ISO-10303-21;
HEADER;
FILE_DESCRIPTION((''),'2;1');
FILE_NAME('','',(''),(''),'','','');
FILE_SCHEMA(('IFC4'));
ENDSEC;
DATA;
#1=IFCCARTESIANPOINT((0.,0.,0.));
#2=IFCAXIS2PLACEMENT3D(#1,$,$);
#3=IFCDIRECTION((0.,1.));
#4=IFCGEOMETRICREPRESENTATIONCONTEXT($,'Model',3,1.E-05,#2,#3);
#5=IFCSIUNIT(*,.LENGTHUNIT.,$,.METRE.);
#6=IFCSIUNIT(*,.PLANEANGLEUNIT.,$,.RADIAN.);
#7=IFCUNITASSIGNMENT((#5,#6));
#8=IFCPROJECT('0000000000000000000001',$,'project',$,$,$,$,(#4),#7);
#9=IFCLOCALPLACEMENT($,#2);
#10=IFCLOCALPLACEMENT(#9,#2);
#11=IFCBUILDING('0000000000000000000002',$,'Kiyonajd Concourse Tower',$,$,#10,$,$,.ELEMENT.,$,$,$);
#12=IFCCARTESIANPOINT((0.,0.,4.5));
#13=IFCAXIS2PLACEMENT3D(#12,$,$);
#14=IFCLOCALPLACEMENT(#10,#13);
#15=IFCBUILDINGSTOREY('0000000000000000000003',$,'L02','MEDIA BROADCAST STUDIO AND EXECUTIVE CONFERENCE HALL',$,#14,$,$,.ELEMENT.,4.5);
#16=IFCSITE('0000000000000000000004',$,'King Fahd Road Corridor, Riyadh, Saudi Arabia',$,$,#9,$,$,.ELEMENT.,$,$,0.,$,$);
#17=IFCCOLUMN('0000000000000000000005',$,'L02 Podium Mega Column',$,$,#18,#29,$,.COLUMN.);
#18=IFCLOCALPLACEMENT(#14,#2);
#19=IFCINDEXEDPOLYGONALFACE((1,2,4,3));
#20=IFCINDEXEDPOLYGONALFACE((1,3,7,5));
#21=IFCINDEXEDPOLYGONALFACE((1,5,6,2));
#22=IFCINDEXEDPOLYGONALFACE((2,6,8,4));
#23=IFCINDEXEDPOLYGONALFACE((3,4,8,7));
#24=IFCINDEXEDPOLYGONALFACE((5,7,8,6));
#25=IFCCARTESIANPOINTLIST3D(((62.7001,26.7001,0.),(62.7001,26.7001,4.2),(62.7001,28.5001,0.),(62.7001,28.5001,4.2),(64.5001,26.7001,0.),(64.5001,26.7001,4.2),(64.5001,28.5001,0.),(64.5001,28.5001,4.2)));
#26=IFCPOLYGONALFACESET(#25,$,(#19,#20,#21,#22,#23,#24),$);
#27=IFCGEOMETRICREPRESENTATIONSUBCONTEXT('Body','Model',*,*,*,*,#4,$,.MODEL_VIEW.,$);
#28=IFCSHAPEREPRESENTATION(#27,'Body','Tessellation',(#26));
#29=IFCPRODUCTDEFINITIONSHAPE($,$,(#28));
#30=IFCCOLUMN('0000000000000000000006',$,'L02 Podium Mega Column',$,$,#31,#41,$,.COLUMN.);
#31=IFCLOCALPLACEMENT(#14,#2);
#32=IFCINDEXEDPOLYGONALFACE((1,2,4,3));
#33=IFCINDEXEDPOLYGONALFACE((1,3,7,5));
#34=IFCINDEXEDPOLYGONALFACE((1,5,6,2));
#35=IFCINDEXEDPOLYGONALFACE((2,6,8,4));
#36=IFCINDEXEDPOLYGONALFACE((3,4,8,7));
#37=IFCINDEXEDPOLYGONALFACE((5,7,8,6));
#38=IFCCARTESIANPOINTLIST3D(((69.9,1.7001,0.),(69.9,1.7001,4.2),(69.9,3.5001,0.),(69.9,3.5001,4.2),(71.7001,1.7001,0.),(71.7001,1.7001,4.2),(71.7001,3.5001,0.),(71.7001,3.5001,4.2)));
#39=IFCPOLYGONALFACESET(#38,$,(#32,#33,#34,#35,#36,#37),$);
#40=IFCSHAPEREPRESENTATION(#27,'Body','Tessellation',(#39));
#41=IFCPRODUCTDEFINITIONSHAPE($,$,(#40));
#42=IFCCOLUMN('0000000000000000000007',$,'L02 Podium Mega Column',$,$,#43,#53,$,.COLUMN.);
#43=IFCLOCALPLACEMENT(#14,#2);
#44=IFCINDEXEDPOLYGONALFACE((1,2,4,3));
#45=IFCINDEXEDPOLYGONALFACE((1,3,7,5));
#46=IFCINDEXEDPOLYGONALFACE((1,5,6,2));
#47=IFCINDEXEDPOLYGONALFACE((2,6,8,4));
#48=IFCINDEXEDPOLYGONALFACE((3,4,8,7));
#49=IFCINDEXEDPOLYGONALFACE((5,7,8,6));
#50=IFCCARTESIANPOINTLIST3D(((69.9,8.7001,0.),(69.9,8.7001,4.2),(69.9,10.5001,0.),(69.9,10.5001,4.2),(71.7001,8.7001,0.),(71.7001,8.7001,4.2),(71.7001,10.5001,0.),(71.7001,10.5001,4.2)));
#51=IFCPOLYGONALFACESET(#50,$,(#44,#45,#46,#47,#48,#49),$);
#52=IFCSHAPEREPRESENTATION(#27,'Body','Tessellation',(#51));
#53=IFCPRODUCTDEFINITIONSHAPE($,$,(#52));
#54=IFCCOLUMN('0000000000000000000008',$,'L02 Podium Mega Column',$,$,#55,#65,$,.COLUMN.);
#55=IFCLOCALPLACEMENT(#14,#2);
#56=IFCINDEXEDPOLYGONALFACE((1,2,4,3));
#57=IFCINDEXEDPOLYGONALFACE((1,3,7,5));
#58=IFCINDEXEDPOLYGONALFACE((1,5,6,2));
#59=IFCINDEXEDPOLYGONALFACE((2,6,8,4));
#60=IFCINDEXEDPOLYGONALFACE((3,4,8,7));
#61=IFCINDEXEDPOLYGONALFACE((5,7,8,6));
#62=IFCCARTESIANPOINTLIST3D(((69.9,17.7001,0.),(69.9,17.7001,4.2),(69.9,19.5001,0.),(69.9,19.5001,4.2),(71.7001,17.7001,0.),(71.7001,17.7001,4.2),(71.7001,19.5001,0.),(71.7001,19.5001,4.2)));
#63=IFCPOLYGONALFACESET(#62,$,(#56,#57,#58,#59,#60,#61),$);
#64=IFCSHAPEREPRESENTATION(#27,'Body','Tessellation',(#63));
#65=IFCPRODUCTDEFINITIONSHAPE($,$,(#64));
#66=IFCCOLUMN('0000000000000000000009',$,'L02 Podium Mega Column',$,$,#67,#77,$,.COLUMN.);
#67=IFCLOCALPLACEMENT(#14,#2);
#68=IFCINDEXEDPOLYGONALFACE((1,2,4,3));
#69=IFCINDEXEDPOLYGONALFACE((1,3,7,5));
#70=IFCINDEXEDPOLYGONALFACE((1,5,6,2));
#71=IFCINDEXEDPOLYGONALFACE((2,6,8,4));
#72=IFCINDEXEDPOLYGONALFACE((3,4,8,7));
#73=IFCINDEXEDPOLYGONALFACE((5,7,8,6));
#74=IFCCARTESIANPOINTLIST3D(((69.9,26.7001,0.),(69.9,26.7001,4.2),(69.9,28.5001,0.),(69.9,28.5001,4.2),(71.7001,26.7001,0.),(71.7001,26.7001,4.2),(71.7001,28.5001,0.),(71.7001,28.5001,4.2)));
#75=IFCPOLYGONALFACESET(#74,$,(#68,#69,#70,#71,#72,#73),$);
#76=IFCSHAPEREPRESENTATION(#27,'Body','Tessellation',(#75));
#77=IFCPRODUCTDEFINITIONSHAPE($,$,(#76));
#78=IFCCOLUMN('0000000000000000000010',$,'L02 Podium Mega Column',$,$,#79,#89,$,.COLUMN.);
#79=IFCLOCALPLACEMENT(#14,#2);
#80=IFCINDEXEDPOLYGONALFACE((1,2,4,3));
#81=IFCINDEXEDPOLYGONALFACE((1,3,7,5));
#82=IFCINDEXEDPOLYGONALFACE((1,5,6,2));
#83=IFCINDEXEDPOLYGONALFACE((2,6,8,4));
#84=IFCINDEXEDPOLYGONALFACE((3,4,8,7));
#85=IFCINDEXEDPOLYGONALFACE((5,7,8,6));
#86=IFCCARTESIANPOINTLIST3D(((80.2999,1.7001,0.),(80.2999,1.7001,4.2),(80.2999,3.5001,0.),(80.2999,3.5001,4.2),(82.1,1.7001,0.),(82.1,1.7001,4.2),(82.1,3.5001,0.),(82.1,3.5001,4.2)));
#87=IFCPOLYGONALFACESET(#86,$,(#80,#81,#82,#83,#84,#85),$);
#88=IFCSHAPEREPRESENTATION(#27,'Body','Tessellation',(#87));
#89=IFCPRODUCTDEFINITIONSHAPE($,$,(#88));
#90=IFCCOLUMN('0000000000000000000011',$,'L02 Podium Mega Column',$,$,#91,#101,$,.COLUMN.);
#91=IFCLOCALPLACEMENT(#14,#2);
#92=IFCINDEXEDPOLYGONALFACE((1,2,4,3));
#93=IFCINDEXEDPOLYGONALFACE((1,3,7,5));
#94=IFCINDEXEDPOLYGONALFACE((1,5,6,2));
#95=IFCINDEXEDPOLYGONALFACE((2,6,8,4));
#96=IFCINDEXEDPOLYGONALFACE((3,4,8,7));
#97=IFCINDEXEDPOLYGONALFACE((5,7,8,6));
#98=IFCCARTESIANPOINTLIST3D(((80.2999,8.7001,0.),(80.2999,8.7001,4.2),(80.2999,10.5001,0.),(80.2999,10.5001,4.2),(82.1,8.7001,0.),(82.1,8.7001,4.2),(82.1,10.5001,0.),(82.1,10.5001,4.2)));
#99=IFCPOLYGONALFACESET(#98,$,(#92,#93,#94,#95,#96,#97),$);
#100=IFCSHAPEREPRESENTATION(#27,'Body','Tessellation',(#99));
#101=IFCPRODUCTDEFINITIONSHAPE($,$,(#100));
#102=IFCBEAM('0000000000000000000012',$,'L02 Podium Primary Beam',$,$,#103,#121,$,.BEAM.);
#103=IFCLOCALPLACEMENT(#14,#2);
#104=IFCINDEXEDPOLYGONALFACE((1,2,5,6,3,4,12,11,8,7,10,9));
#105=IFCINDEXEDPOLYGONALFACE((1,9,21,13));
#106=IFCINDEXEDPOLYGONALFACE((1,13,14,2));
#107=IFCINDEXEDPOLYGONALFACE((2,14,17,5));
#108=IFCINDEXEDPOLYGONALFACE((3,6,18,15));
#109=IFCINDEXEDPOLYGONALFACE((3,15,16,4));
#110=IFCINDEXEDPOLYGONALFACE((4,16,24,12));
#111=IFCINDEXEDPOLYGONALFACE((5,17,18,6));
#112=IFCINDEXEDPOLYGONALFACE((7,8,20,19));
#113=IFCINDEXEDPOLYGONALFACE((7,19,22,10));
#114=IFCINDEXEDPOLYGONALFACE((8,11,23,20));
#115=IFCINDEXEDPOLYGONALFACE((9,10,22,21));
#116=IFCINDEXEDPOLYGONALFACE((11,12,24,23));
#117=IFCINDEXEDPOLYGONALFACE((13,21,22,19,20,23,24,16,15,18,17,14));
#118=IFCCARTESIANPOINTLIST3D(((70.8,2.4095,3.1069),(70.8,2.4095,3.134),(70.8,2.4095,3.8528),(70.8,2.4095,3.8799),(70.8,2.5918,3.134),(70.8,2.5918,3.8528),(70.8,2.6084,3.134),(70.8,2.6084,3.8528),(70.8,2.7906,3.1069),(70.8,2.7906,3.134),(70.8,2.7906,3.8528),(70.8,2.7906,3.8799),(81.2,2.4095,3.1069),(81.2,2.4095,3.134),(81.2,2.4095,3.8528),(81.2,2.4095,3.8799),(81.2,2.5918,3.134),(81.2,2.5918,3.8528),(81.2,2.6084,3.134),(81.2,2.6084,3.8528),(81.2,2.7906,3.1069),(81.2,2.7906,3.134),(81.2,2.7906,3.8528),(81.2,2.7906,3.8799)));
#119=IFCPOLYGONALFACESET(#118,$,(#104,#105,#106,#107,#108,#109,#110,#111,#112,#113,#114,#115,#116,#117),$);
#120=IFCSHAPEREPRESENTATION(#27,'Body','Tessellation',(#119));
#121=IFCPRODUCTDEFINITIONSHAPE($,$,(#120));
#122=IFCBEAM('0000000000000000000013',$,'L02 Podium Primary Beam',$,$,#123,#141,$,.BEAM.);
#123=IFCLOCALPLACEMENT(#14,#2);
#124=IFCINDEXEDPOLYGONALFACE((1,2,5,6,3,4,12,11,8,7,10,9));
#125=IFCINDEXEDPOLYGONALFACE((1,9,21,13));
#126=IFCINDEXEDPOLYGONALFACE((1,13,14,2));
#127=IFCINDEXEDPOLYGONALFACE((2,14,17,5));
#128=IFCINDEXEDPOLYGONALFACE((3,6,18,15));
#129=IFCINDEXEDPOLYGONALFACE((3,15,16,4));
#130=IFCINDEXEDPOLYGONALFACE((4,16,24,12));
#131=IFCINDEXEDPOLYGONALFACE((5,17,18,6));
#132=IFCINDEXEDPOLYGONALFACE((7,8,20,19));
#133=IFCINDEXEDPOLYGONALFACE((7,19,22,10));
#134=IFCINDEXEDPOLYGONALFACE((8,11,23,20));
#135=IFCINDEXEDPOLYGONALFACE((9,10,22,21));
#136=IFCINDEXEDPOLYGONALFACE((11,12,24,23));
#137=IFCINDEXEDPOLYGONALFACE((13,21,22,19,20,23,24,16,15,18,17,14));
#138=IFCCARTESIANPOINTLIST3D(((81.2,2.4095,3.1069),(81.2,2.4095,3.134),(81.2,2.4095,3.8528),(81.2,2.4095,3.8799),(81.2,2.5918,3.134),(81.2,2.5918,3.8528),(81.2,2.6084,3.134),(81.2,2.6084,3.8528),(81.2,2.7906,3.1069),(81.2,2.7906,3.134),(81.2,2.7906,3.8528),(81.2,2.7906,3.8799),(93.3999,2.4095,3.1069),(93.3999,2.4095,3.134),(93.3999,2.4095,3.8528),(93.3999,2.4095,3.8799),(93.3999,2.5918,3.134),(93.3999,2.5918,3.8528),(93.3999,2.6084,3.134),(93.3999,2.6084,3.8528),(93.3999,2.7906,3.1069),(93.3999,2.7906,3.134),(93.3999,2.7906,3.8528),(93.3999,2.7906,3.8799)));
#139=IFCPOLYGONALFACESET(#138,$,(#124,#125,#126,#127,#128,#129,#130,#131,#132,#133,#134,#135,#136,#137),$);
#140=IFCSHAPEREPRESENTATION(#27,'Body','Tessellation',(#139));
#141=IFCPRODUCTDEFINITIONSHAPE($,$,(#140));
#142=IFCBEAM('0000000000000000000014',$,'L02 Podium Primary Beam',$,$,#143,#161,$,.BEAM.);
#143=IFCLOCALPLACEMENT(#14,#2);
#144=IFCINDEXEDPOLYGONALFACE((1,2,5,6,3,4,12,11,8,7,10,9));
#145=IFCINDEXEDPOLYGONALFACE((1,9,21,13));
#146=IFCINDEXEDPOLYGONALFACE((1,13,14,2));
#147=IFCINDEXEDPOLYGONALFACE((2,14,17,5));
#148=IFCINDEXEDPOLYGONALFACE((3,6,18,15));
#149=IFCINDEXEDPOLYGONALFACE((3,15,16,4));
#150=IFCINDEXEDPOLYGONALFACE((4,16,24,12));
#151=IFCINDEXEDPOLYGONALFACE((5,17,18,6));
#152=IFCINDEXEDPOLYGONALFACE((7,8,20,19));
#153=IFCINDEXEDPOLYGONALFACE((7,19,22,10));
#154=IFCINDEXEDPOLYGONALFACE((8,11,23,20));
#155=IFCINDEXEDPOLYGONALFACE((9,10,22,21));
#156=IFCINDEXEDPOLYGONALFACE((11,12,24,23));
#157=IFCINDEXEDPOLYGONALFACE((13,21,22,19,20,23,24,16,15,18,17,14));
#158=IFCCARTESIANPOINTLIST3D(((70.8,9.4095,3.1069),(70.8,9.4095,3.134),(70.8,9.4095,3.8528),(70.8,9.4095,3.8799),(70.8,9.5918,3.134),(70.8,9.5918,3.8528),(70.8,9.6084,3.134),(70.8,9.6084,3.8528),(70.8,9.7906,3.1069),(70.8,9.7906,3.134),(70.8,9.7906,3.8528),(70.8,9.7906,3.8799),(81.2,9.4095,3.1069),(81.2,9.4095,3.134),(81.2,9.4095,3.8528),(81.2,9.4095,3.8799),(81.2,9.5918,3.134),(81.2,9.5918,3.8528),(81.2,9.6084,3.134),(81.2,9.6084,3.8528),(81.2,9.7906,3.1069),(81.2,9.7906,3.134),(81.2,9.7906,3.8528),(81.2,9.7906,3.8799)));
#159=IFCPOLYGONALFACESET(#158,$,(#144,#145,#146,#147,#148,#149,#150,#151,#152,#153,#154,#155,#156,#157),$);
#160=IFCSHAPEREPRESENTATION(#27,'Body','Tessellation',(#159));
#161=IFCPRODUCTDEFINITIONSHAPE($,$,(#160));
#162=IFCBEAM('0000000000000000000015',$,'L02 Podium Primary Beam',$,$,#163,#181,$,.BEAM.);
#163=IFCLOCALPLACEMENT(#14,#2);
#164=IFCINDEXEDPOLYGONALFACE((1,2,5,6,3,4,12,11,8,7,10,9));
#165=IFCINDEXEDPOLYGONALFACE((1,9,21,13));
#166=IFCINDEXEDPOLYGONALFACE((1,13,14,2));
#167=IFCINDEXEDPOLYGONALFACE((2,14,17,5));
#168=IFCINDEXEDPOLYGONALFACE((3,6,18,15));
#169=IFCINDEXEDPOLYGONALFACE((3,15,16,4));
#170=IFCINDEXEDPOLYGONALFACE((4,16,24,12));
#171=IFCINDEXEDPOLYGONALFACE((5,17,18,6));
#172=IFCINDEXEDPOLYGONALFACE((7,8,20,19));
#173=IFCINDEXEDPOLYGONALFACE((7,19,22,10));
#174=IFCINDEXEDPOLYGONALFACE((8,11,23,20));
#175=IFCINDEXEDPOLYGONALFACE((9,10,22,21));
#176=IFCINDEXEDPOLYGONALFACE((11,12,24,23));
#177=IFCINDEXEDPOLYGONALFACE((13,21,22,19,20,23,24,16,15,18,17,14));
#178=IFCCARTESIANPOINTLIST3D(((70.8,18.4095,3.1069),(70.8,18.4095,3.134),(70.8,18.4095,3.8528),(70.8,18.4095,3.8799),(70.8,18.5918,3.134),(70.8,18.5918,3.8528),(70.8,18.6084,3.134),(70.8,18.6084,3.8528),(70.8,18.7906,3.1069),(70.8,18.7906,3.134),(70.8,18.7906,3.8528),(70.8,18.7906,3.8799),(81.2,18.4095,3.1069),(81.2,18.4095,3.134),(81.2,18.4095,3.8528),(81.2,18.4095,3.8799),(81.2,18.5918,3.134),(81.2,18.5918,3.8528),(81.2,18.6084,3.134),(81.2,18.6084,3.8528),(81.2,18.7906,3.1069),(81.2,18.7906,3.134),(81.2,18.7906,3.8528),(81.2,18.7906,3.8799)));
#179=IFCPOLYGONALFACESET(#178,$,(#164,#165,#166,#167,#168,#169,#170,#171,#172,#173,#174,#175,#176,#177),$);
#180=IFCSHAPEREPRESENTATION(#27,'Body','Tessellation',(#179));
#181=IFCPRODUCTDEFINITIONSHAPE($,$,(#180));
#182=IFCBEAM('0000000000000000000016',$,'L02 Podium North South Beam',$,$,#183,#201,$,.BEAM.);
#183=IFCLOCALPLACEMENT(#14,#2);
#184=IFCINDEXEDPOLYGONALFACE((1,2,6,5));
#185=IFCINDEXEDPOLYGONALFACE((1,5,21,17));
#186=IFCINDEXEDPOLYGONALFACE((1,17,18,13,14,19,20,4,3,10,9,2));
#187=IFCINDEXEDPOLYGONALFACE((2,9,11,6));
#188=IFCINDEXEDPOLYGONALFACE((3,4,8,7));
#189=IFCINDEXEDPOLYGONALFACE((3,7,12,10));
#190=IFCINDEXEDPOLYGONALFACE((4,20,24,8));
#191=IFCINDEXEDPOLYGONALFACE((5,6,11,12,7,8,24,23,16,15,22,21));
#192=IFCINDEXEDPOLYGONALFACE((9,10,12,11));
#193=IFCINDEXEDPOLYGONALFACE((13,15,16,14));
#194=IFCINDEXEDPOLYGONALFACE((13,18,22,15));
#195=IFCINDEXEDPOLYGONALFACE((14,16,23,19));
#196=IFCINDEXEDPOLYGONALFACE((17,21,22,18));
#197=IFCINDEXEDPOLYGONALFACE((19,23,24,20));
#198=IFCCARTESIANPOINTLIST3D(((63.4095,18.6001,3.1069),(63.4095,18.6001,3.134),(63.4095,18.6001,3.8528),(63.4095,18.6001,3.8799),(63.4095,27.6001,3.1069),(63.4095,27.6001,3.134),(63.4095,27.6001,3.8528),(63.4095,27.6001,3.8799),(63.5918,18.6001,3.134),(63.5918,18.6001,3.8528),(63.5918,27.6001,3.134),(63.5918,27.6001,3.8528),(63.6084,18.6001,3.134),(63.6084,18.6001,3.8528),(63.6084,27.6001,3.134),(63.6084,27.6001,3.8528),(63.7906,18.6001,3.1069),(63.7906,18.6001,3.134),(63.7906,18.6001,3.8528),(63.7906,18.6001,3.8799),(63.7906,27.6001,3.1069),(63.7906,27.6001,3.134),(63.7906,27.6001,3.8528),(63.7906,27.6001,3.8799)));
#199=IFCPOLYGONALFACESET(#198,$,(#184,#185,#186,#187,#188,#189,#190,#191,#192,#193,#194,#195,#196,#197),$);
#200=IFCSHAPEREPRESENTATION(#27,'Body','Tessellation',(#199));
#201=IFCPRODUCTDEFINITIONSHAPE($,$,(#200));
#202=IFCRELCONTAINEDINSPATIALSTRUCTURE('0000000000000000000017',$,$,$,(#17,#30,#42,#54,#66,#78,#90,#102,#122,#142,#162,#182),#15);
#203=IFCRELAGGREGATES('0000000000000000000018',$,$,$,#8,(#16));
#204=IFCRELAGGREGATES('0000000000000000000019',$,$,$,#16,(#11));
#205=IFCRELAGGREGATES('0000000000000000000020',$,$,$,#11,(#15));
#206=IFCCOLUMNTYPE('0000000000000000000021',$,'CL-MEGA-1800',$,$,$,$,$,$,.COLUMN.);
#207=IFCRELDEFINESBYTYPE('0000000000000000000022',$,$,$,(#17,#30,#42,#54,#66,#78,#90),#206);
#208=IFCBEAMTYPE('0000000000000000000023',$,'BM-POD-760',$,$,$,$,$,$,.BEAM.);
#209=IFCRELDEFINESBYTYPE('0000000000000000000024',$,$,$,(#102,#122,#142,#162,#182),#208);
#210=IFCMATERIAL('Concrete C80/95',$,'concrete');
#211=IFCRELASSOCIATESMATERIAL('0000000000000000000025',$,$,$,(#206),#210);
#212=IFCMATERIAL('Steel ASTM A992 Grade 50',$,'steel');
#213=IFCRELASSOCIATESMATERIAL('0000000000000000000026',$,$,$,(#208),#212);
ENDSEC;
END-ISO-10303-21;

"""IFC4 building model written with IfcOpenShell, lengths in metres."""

from ifc_helpers import new_model, si_unit, direction, frame, origin, origin_2d, place, context, subcontext, project, spatial, rectangle, i_section, extrude, material, material_profile, profile_set, type_object, element, save


model = new_model("IFC4")

# Units and contexts
model_context = context("Model", 3, precision=1e-05, world=origin(), true_north=direction((0.0, 1.0)))
body_context = subcontext(model_context, "Body", "Model", "MODEL_VIEW")
ifc_project = project(units=[si_unit("LENGTHUNIT", "METRE"), si_unit("PLANEANGLEUNIT", "RADIAN")], contexts=[model_context])

# Site, building, storey
site_placement = place(None, origin())
site = spatial("IfcSite", under=ifc_project, at=site_placement, Name="King Fahd Road Corridor, Riyadh, Saudi Arabia", CompositionType="ELEMENT", RefElevation=0.0)
building_placement = place(site_placement, origin())
building = spatial("IfcBuilding", under=site, at=building_placement, Name="Kiyonajd Concourse Tower", CompositionType="ELEMENT")
storey_placement = place(building_placement, frame((0.0, 0.0, 4.5)))
storey = spatial("IfcBuildingStorey", under=building, at=storey_placement, Name="L02", Description="MEDIA BROADCAST STUDIO AND EXECUTIVE CONFERENCE HALL", CompositionType="ELEMENT", Elevation=4.5)

# Columns
ifc_material_1 = material(Name="Concrete C80/95", Category="concrete")
ifc_material_profile_1 = material_profile(ifc_material_1, rectangle(XDim=1.8, YDim=1.8, at=origin_2d()), Name="RC-1800x1800")
ifc_profile_set_1 = profile_set([ifc_material_profile_1], Name="Concrete C80/95")
column_type = type_object("IfcColumnType", Name="CL-MEGA-1800", PredefinedType="COLUMN", material=ifc_profile_set_1)
for number, where, z_axis, x_axis, name in (
    (1, (63.6001, 27.6001, 0.0), (0.0, 0.0, 1.0), (1.0, 0.0, 0.0), "L02 Podium Mega Column"),
    (2, (70.8, 2.6001, 0.0), (0.0, 0.0, 1.0), (1.0, 0.0, 0.0), "L02 Podium Mega Column"),
    (3, (70.8, 9.6001, 0.0), (0.0, 0.0, 1.0), (1.0, 0.0, 0.0), "L02 Podium Mega Column"),
    (4, (70.8, 18.6001, 0.0), (0.0, 0.0, 1.0), (1.0, 0.0, 0.0), "L02 Podium Mega Column"),
    (5, (70.8, 27.6001, 0.0), (0.0, 0.0, 1.0), (1.0, 0.0, 0.0), "L02 Podium Mega Column"),
    (6, (81.2, 2.6001, 0.0), (0.0, 0.0, 1.0), (1.0, 0.0, 0.0), "L02 Podium Mega Column"),
    (7, (81.2, 9.6001, 0.0), (0.0, 0.0, 1.0), (1.0, 0.0, 0.0), "L02 Podium Mega Column"),
):
    element("IfcColumn", number, at=place(storey_placement, frame(where, z_axis=z_axis, x_axis=x_axis)), inside=storey, type_object=column_type, Name=name, PredefinedType="COLUMN", context=body_context, shape_type="SweptSolid", body=[
        extrude(rectangle(XDim=1.8, YDim=1.8, at=origin_2d()), origin(), (0.0, 0.0, 1.0), 4.2),
    ])

# Beams
ifc_material_2 = material(Name="Steel ASTM A992 Grade 50", Category="steel")
ifc_material_profile_2 = material_profile(ifc_material_2, i_section(OverallWidth=0.3811, OverallDepth=0.7729, WebThickness=0.0166, FlangeThickness=0.0271, at=origin_2d()), Name="W760X257")
ifc_profile_set_2 = profile_set([ifc_material_profile_2], Name="Steel ASTM A992 Grade 50")
beam_type_1 = type_object("IfcBeamType", Name="BM-POD-760", PredefinedType="BEAM", material=ifc_profile_set_2)
beam_1_placement = place(storey_placement, frame((70.8, 2.6001, 3.4934), z_axis=(1.0, 0.0, 0.0), x_axis=(0.0, 1.0, 0.0)))
element("IfcBeam", 8, at=beam_1_placement, inside=storey, type_object=beam_type_1, Name="L02 Podium Primary Beam", PredefinedType="BEAM", context=body_context, shape_type="SweptSolid", body=[
    extrude(i_section(OverallWidth=0.3811, OverallDepth=0.7729, WebThickness=0.0166, FlangeThickness=0.0271, at=origin_2d()), origin(), (0.0, 0.0, 1.0), 10.3999),
])
beam_2_placement = place(storey_placement, frame((81.2, 2.6001, 3.4934), z_axis=(1.0, 0.0, 0.0), x_axis=(0.0, 1.0, 0.0)))
element("IfcBeam", 9, at=beam_2_placement, inside=storey, type_object=beam_type_1, Name="L02 Podium Primary Beam", PredefinedType="BEAM", context=body_context, shape_type="SweptSolid", body=[
    extrude(i_section(OverallWidth=0.3811, OverallDepth=0.7729, WebThickness=0.0166, FlangeThickness=0.0271, at=origin_2d()), origin(), (0.0, 0.0, 1.0), 12.2),
])
for number, where, z_axis, x_axis, name in (
    (10, (70.8, 9.6001, 3.4934), (1.0, 0.0, 0.0), (0.0, 1.0, 0.0), "L02 Podium Primary Beam"),
    (11, (70.8, 18.6001, 3.4934), (1.0, 0.0, 0.0), (0.0, 1.0, 0.0), "L02 Podium Primary Beam"),
):
    element("IfcBeam", number, at=place(storey_placement, frame(where, z_axis=z_axis, x_axis=x_axis)), inside=storey, type_object=beam_type_1, Name=name, PredefinedType="BEAM", context=body_context, shape_type="SweptSolid", body=[
        extrude(i_section(OverallWidth=0.3811, OverallDepth=0.7729, WebThickness=0.0166, FlangeThickness=0.0271, at=origin_2d()), origin(), (0.0, 0.0, 1.0), 10.3999),
    ])
beam_3_placement = place(storey_placement, frame((63.6001, 18.6001, 3.4934), z_axis=(0.0, 1.0, 0.0), x_axis=(-1.0, 0.0, 0.0)))
element("IfcBeam", 12, at=beam_3_placement, inside=storey, type_object=beam_type_1, Name="L02 Podium North South Beam", PredefinedType="BEAM", context=body_context, shape_type="SweptSolid", body=[
    extrude(i_section(OverallWidth=0.3811, OverallDepth=0.7729, WebThickness=0.0166, FlangeThickness=0.0271, at=origin_2d()), origin(), (0.0, 0.0, 1.0), 9.0),
])

save(model, "model.ifc")
